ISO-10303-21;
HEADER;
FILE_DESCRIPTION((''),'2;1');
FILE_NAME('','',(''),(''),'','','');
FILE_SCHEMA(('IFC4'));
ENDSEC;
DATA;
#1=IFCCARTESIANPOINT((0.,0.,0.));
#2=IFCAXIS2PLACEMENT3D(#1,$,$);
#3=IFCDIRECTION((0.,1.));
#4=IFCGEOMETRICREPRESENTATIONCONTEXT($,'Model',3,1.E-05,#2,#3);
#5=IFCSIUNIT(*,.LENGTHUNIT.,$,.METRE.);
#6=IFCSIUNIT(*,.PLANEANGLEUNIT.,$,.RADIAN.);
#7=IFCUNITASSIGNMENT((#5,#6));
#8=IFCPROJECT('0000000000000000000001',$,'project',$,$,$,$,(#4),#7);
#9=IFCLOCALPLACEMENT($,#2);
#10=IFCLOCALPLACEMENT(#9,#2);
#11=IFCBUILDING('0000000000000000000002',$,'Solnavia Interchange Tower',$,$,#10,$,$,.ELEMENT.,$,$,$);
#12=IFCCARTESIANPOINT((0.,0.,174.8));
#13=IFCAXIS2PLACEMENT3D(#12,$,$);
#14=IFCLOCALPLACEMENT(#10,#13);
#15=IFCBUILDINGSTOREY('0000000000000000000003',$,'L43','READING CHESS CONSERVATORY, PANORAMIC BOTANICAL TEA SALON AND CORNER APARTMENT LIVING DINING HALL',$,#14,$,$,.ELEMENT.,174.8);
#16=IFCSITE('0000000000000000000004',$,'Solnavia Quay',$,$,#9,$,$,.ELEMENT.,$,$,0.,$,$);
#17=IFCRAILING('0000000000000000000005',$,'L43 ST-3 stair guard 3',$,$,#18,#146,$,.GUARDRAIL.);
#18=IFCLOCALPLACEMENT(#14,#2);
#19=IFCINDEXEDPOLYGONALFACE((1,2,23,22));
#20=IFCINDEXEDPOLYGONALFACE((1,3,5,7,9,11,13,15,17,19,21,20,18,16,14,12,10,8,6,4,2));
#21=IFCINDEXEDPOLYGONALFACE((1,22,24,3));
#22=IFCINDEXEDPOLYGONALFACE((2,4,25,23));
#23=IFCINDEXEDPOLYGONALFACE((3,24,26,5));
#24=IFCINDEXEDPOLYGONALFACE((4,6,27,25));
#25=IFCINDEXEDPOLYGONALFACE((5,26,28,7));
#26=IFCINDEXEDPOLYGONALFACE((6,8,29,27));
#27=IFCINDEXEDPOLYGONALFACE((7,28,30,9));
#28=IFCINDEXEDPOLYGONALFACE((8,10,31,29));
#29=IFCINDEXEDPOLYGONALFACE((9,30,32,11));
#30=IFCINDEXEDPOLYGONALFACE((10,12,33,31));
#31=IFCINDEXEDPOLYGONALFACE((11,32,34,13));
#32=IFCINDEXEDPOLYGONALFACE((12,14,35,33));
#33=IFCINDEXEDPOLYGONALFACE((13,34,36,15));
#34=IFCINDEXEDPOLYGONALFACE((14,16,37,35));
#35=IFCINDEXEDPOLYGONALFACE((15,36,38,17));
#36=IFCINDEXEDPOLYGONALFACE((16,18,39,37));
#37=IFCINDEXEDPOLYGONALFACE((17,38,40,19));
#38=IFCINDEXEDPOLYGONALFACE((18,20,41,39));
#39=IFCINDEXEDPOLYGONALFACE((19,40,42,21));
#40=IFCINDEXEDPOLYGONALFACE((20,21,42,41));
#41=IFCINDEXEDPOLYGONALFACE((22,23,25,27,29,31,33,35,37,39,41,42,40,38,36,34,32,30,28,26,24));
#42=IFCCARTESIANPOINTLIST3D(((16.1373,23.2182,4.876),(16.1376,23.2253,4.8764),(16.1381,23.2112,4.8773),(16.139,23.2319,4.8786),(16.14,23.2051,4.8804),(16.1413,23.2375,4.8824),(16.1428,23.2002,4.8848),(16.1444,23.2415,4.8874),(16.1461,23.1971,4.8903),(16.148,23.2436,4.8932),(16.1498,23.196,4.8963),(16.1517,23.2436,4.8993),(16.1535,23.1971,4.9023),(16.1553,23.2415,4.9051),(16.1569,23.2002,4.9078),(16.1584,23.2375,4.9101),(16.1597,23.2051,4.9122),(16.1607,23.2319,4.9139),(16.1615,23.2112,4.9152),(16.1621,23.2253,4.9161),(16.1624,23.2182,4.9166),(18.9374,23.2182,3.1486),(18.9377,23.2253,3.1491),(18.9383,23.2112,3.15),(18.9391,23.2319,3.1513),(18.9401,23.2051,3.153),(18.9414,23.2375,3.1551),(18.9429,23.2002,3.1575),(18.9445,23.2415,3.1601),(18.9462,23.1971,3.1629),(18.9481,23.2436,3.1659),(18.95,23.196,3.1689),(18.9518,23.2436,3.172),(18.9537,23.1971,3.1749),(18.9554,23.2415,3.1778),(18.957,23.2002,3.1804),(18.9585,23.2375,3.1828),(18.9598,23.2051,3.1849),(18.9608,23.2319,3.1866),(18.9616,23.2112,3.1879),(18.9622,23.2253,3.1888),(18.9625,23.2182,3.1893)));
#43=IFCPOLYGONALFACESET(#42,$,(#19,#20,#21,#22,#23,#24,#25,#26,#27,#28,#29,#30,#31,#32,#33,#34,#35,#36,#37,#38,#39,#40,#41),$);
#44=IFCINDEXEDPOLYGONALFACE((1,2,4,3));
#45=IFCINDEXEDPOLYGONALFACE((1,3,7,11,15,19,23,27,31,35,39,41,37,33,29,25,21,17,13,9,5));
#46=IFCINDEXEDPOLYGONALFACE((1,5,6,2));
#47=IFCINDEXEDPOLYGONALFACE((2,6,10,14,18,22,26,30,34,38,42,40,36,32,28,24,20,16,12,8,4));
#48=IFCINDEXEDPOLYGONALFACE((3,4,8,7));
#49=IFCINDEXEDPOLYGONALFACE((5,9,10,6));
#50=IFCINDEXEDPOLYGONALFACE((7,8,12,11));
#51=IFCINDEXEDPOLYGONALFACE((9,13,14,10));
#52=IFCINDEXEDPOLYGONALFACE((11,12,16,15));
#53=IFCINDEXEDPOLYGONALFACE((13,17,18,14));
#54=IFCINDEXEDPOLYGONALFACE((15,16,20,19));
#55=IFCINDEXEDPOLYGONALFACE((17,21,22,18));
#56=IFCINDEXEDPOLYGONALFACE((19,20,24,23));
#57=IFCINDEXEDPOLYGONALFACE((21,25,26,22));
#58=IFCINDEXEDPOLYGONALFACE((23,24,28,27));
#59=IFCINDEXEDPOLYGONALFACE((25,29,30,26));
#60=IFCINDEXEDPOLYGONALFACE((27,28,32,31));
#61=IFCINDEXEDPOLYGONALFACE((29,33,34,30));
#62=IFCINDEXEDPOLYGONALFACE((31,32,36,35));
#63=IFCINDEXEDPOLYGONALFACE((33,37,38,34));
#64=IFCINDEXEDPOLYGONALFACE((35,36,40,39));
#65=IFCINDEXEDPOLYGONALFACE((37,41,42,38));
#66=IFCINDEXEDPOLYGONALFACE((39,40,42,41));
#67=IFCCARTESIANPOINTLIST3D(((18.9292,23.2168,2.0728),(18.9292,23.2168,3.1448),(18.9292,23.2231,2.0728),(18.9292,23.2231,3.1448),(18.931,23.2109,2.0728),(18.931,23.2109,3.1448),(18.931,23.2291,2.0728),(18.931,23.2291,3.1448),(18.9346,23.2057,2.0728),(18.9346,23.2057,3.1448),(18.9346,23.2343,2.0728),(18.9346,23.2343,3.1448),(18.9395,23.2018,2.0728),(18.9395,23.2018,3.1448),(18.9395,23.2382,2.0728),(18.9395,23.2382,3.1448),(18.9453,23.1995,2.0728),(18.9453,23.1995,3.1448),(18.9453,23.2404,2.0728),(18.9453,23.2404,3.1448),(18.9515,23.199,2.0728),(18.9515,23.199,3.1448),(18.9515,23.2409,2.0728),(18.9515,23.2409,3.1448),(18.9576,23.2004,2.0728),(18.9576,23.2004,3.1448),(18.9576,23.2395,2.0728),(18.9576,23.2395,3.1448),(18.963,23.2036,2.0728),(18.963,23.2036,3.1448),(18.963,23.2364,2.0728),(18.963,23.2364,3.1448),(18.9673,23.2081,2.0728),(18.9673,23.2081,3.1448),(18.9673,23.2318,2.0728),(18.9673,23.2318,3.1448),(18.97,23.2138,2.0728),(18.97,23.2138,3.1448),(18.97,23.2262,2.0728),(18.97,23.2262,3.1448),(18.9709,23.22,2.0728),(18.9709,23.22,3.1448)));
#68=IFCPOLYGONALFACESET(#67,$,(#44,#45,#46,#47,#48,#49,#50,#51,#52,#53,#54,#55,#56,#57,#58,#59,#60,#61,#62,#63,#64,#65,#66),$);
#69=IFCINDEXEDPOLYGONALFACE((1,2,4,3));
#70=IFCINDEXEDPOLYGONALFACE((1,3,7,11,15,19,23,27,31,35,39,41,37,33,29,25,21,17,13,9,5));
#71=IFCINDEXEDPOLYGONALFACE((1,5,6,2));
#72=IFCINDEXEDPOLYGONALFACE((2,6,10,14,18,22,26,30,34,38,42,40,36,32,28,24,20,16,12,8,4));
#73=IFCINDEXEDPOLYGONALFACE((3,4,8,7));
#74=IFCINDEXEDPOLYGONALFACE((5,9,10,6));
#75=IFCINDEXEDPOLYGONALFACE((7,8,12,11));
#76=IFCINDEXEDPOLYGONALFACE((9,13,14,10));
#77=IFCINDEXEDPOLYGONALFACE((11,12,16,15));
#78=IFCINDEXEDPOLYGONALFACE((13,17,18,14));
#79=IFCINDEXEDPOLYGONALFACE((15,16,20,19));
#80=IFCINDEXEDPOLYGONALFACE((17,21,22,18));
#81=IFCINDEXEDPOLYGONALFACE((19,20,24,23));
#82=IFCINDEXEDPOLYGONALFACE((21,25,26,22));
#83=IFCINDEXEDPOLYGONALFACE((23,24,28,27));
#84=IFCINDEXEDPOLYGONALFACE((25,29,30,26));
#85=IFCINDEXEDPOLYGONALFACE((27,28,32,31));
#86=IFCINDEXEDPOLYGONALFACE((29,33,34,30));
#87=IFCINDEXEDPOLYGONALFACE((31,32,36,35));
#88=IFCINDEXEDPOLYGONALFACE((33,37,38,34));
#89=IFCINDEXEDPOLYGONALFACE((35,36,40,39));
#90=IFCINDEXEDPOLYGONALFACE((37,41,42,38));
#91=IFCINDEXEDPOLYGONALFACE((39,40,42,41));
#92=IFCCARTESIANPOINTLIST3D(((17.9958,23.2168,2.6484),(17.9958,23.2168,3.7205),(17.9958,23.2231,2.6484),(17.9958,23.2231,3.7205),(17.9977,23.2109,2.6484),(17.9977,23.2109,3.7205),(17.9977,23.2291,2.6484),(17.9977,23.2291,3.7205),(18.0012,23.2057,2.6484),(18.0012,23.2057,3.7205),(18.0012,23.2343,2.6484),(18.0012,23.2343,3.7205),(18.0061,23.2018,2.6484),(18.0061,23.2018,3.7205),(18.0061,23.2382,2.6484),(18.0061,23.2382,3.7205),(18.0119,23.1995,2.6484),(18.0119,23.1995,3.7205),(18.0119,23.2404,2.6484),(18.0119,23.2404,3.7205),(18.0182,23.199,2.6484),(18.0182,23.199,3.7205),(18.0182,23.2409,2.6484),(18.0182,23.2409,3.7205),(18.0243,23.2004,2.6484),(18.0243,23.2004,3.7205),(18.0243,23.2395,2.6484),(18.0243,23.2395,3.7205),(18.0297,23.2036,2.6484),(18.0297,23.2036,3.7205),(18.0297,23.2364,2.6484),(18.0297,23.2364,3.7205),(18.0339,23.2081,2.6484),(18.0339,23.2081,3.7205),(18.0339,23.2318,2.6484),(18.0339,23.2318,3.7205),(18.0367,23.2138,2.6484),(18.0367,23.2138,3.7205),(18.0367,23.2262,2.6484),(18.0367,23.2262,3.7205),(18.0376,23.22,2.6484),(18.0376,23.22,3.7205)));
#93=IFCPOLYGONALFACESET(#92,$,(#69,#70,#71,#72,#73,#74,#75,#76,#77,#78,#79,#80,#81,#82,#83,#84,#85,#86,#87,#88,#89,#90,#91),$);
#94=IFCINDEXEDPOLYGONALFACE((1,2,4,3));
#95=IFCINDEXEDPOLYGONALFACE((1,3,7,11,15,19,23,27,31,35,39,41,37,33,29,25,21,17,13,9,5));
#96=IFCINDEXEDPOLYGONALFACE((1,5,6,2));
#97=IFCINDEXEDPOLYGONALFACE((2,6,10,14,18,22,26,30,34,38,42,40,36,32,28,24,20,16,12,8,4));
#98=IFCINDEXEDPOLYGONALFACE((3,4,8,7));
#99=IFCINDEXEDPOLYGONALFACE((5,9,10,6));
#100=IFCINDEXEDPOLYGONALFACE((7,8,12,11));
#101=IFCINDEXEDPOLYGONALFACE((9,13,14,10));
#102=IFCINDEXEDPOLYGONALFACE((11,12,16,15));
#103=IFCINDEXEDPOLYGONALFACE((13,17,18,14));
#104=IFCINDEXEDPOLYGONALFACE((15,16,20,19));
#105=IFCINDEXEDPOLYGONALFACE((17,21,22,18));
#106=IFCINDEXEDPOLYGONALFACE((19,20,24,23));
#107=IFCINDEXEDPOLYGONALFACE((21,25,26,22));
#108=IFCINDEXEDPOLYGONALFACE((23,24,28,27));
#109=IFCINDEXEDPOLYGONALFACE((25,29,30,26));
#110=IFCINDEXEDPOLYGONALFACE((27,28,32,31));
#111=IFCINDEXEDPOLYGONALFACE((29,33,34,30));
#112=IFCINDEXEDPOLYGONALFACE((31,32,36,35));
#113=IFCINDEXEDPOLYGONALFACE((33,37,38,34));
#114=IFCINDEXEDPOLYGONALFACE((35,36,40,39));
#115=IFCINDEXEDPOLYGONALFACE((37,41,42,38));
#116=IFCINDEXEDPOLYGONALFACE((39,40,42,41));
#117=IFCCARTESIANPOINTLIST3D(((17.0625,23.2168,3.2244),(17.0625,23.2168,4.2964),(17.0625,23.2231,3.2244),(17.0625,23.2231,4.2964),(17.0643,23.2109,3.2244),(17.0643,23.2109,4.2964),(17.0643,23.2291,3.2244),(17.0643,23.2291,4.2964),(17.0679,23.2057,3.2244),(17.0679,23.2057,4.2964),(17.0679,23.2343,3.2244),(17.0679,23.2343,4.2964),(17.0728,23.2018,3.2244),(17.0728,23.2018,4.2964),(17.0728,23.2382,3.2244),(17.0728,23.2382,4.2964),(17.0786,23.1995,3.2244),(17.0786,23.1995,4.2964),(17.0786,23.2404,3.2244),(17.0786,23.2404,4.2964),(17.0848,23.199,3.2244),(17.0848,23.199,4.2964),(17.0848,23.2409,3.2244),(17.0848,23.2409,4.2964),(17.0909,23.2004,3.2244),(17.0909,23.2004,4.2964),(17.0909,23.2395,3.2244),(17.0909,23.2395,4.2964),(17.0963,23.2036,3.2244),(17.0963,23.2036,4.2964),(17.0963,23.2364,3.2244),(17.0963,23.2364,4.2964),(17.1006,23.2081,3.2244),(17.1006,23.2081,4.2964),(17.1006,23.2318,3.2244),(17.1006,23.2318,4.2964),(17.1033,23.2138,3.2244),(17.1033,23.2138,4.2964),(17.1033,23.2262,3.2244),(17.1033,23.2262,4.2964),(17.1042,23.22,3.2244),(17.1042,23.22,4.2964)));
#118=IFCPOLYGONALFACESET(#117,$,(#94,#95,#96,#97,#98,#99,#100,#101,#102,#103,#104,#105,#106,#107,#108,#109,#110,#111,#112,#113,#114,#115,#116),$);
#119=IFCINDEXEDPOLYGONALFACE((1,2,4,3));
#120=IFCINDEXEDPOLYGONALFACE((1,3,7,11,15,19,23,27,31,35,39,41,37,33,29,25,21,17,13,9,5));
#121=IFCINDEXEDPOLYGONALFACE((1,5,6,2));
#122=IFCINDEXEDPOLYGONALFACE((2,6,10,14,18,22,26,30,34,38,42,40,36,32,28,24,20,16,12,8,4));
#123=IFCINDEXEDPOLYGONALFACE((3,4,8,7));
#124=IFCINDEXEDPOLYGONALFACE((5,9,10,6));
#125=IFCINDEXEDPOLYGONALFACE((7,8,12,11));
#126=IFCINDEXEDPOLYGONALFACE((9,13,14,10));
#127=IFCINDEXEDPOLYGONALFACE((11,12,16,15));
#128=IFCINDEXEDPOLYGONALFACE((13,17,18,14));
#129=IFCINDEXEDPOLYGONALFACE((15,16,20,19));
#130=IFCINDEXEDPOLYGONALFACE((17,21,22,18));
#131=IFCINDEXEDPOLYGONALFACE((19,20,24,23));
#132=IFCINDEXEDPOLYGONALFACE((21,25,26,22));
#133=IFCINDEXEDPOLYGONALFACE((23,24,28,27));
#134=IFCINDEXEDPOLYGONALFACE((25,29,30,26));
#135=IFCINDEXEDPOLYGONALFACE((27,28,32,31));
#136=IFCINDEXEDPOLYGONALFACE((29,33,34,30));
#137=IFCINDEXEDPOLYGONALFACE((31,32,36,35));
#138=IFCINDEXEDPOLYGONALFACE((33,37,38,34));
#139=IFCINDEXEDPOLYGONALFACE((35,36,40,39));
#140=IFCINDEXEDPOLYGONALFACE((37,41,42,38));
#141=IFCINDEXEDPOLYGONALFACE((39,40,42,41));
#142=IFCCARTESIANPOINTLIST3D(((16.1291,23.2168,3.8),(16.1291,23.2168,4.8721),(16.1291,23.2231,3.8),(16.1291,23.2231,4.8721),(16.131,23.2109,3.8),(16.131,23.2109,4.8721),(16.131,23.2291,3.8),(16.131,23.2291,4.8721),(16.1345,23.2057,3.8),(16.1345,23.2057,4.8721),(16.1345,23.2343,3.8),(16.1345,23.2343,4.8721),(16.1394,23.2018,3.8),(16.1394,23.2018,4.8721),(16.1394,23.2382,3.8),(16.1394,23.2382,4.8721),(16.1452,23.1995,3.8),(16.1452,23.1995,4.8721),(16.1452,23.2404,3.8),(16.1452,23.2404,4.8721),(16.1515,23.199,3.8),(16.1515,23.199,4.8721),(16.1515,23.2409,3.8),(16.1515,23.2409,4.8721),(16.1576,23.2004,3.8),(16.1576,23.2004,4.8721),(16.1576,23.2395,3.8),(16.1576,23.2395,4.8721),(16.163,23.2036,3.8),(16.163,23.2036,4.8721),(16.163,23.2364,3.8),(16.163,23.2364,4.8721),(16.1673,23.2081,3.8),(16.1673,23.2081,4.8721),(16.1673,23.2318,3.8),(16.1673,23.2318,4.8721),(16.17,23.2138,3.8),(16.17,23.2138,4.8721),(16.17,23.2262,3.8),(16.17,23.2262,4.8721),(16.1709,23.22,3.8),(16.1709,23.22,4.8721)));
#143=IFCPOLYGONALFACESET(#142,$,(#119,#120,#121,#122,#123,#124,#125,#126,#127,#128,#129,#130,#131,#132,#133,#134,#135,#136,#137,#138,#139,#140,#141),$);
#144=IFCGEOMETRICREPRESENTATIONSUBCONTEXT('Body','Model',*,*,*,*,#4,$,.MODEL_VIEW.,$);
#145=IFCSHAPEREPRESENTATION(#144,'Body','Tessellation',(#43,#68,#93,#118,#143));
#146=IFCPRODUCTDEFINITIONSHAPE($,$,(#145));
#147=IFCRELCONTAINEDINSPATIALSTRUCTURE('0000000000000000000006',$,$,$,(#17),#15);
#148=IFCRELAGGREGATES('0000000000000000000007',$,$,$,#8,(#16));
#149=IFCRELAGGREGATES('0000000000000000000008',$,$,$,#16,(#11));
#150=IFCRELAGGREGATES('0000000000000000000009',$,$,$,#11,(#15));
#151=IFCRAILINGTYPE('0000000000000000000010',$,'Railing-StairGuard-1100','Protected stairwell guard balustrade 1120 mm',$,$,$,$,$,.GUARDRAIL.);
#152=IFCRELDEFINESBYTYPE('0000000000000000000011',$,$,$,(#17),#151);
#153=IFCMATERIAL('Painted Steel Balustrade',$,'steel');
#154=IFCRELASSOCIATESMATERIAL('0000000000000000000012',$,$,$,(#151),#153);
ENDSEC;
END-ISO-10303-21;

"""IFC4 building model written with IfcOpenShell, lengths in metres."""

from ifc_helpers import new_model, si_unit, direction, frame, origin, origin_2d, place, context, subcontext, project, spatial, circle, extrude, material, type_object, element, save


model = new_model("IFC4")

# Units and contexts
model_context = context("Model", 3, precision=1e-05, world=origin(), true_north=direction((0.0, 1.0)))
body_context = subcontext(model_context, "Body", "Model", "MODEL_VIEW")
ifc_project = project(units=[si_unit("LENGTHUNIT", "METRE"), si_unit("PLANEANGLEUNIT", "RADIAN")], contexts=[model_context])

# Site, building, storey
site_placement = place(None, origin())
site = spatial("IfcSite", under=ifc_project, at=site_placement, Name="Solnavia Quay", CompositionType="ELEMENT", RefElevation=0.0)
building_placement = place(site_placement, origin())
building = spatial("IfcBuilding", under=site, at=building_placement, Name="Solnavia Interchange Tower", CompositionType="ELEMENT")
storey_placement = place(building_placement, frame((0.0, 0.0, 174.8)))
storey = spatial("IfcBuildingStorey", under=building, at=storey_placement, Name="L43", Description="READING CHESS CONSERVATORY, PANORAMIC BOTANICAL TEA SALON AND CORNER APARTMENT LIVING DINING HALL", CompositionType="ELEMENT", Elevation=174.8)

# Railing
ifc_material_1 = material(Name="Painted Steel Balustrade", Category="steel")
railing_type_1 = type_object("IfcRailingType", Name="Railing-StairGuard-1100", Description="Protected stairwell guard balustrade 1120 mm", PredefinedType="GUARDRAIL", material=ifc_material_1)
railing_1_placement = place(storey_placement, frame((18.95, 23.22, 2.0728)))
element("IfcRailing", 1, at=railing_1_placement, inside=storey, type_object=railing_type_1, Name="L43 ST-3 stair guard 3", PredefinedType="GUARDRAIL", context=body_context, shape_type="SweptSolid", body=[
    extrude(circle(Radius=0.0239, at=origin_2d()), frame((0.0, 0.0, 1.0962), z_axis=(-0.85109, 0.0, 0.52502), x_axis=(0.0, -1.0, 0.0)), (0.0, 0.0, 1.0), 3.29),
    extrude(circle(Radius=0.021, at=origin_2d()), origin(), (0.0, 0.0, 1.0), 1.072),
    extrude(circle(Radius=0.021, at=origin_2d()), frame((-0.9333, 0.0, 0.5757)), (0.0, 0.0, 1.0), 1.072),
    extrude(circle(Radius=0.021, at=origin_2d()), frame((-1.8667, 0.0, 1.1516)), (0.0, 0.0, 1.0), 1.072),
    extrude(circle(Radius=0.021, at=origin_2d()), frame((-2.8, 0.0, 1.7273)), (0.0, 0.0, 1.0), 1.072),
])

save(model, "model.ifc")
